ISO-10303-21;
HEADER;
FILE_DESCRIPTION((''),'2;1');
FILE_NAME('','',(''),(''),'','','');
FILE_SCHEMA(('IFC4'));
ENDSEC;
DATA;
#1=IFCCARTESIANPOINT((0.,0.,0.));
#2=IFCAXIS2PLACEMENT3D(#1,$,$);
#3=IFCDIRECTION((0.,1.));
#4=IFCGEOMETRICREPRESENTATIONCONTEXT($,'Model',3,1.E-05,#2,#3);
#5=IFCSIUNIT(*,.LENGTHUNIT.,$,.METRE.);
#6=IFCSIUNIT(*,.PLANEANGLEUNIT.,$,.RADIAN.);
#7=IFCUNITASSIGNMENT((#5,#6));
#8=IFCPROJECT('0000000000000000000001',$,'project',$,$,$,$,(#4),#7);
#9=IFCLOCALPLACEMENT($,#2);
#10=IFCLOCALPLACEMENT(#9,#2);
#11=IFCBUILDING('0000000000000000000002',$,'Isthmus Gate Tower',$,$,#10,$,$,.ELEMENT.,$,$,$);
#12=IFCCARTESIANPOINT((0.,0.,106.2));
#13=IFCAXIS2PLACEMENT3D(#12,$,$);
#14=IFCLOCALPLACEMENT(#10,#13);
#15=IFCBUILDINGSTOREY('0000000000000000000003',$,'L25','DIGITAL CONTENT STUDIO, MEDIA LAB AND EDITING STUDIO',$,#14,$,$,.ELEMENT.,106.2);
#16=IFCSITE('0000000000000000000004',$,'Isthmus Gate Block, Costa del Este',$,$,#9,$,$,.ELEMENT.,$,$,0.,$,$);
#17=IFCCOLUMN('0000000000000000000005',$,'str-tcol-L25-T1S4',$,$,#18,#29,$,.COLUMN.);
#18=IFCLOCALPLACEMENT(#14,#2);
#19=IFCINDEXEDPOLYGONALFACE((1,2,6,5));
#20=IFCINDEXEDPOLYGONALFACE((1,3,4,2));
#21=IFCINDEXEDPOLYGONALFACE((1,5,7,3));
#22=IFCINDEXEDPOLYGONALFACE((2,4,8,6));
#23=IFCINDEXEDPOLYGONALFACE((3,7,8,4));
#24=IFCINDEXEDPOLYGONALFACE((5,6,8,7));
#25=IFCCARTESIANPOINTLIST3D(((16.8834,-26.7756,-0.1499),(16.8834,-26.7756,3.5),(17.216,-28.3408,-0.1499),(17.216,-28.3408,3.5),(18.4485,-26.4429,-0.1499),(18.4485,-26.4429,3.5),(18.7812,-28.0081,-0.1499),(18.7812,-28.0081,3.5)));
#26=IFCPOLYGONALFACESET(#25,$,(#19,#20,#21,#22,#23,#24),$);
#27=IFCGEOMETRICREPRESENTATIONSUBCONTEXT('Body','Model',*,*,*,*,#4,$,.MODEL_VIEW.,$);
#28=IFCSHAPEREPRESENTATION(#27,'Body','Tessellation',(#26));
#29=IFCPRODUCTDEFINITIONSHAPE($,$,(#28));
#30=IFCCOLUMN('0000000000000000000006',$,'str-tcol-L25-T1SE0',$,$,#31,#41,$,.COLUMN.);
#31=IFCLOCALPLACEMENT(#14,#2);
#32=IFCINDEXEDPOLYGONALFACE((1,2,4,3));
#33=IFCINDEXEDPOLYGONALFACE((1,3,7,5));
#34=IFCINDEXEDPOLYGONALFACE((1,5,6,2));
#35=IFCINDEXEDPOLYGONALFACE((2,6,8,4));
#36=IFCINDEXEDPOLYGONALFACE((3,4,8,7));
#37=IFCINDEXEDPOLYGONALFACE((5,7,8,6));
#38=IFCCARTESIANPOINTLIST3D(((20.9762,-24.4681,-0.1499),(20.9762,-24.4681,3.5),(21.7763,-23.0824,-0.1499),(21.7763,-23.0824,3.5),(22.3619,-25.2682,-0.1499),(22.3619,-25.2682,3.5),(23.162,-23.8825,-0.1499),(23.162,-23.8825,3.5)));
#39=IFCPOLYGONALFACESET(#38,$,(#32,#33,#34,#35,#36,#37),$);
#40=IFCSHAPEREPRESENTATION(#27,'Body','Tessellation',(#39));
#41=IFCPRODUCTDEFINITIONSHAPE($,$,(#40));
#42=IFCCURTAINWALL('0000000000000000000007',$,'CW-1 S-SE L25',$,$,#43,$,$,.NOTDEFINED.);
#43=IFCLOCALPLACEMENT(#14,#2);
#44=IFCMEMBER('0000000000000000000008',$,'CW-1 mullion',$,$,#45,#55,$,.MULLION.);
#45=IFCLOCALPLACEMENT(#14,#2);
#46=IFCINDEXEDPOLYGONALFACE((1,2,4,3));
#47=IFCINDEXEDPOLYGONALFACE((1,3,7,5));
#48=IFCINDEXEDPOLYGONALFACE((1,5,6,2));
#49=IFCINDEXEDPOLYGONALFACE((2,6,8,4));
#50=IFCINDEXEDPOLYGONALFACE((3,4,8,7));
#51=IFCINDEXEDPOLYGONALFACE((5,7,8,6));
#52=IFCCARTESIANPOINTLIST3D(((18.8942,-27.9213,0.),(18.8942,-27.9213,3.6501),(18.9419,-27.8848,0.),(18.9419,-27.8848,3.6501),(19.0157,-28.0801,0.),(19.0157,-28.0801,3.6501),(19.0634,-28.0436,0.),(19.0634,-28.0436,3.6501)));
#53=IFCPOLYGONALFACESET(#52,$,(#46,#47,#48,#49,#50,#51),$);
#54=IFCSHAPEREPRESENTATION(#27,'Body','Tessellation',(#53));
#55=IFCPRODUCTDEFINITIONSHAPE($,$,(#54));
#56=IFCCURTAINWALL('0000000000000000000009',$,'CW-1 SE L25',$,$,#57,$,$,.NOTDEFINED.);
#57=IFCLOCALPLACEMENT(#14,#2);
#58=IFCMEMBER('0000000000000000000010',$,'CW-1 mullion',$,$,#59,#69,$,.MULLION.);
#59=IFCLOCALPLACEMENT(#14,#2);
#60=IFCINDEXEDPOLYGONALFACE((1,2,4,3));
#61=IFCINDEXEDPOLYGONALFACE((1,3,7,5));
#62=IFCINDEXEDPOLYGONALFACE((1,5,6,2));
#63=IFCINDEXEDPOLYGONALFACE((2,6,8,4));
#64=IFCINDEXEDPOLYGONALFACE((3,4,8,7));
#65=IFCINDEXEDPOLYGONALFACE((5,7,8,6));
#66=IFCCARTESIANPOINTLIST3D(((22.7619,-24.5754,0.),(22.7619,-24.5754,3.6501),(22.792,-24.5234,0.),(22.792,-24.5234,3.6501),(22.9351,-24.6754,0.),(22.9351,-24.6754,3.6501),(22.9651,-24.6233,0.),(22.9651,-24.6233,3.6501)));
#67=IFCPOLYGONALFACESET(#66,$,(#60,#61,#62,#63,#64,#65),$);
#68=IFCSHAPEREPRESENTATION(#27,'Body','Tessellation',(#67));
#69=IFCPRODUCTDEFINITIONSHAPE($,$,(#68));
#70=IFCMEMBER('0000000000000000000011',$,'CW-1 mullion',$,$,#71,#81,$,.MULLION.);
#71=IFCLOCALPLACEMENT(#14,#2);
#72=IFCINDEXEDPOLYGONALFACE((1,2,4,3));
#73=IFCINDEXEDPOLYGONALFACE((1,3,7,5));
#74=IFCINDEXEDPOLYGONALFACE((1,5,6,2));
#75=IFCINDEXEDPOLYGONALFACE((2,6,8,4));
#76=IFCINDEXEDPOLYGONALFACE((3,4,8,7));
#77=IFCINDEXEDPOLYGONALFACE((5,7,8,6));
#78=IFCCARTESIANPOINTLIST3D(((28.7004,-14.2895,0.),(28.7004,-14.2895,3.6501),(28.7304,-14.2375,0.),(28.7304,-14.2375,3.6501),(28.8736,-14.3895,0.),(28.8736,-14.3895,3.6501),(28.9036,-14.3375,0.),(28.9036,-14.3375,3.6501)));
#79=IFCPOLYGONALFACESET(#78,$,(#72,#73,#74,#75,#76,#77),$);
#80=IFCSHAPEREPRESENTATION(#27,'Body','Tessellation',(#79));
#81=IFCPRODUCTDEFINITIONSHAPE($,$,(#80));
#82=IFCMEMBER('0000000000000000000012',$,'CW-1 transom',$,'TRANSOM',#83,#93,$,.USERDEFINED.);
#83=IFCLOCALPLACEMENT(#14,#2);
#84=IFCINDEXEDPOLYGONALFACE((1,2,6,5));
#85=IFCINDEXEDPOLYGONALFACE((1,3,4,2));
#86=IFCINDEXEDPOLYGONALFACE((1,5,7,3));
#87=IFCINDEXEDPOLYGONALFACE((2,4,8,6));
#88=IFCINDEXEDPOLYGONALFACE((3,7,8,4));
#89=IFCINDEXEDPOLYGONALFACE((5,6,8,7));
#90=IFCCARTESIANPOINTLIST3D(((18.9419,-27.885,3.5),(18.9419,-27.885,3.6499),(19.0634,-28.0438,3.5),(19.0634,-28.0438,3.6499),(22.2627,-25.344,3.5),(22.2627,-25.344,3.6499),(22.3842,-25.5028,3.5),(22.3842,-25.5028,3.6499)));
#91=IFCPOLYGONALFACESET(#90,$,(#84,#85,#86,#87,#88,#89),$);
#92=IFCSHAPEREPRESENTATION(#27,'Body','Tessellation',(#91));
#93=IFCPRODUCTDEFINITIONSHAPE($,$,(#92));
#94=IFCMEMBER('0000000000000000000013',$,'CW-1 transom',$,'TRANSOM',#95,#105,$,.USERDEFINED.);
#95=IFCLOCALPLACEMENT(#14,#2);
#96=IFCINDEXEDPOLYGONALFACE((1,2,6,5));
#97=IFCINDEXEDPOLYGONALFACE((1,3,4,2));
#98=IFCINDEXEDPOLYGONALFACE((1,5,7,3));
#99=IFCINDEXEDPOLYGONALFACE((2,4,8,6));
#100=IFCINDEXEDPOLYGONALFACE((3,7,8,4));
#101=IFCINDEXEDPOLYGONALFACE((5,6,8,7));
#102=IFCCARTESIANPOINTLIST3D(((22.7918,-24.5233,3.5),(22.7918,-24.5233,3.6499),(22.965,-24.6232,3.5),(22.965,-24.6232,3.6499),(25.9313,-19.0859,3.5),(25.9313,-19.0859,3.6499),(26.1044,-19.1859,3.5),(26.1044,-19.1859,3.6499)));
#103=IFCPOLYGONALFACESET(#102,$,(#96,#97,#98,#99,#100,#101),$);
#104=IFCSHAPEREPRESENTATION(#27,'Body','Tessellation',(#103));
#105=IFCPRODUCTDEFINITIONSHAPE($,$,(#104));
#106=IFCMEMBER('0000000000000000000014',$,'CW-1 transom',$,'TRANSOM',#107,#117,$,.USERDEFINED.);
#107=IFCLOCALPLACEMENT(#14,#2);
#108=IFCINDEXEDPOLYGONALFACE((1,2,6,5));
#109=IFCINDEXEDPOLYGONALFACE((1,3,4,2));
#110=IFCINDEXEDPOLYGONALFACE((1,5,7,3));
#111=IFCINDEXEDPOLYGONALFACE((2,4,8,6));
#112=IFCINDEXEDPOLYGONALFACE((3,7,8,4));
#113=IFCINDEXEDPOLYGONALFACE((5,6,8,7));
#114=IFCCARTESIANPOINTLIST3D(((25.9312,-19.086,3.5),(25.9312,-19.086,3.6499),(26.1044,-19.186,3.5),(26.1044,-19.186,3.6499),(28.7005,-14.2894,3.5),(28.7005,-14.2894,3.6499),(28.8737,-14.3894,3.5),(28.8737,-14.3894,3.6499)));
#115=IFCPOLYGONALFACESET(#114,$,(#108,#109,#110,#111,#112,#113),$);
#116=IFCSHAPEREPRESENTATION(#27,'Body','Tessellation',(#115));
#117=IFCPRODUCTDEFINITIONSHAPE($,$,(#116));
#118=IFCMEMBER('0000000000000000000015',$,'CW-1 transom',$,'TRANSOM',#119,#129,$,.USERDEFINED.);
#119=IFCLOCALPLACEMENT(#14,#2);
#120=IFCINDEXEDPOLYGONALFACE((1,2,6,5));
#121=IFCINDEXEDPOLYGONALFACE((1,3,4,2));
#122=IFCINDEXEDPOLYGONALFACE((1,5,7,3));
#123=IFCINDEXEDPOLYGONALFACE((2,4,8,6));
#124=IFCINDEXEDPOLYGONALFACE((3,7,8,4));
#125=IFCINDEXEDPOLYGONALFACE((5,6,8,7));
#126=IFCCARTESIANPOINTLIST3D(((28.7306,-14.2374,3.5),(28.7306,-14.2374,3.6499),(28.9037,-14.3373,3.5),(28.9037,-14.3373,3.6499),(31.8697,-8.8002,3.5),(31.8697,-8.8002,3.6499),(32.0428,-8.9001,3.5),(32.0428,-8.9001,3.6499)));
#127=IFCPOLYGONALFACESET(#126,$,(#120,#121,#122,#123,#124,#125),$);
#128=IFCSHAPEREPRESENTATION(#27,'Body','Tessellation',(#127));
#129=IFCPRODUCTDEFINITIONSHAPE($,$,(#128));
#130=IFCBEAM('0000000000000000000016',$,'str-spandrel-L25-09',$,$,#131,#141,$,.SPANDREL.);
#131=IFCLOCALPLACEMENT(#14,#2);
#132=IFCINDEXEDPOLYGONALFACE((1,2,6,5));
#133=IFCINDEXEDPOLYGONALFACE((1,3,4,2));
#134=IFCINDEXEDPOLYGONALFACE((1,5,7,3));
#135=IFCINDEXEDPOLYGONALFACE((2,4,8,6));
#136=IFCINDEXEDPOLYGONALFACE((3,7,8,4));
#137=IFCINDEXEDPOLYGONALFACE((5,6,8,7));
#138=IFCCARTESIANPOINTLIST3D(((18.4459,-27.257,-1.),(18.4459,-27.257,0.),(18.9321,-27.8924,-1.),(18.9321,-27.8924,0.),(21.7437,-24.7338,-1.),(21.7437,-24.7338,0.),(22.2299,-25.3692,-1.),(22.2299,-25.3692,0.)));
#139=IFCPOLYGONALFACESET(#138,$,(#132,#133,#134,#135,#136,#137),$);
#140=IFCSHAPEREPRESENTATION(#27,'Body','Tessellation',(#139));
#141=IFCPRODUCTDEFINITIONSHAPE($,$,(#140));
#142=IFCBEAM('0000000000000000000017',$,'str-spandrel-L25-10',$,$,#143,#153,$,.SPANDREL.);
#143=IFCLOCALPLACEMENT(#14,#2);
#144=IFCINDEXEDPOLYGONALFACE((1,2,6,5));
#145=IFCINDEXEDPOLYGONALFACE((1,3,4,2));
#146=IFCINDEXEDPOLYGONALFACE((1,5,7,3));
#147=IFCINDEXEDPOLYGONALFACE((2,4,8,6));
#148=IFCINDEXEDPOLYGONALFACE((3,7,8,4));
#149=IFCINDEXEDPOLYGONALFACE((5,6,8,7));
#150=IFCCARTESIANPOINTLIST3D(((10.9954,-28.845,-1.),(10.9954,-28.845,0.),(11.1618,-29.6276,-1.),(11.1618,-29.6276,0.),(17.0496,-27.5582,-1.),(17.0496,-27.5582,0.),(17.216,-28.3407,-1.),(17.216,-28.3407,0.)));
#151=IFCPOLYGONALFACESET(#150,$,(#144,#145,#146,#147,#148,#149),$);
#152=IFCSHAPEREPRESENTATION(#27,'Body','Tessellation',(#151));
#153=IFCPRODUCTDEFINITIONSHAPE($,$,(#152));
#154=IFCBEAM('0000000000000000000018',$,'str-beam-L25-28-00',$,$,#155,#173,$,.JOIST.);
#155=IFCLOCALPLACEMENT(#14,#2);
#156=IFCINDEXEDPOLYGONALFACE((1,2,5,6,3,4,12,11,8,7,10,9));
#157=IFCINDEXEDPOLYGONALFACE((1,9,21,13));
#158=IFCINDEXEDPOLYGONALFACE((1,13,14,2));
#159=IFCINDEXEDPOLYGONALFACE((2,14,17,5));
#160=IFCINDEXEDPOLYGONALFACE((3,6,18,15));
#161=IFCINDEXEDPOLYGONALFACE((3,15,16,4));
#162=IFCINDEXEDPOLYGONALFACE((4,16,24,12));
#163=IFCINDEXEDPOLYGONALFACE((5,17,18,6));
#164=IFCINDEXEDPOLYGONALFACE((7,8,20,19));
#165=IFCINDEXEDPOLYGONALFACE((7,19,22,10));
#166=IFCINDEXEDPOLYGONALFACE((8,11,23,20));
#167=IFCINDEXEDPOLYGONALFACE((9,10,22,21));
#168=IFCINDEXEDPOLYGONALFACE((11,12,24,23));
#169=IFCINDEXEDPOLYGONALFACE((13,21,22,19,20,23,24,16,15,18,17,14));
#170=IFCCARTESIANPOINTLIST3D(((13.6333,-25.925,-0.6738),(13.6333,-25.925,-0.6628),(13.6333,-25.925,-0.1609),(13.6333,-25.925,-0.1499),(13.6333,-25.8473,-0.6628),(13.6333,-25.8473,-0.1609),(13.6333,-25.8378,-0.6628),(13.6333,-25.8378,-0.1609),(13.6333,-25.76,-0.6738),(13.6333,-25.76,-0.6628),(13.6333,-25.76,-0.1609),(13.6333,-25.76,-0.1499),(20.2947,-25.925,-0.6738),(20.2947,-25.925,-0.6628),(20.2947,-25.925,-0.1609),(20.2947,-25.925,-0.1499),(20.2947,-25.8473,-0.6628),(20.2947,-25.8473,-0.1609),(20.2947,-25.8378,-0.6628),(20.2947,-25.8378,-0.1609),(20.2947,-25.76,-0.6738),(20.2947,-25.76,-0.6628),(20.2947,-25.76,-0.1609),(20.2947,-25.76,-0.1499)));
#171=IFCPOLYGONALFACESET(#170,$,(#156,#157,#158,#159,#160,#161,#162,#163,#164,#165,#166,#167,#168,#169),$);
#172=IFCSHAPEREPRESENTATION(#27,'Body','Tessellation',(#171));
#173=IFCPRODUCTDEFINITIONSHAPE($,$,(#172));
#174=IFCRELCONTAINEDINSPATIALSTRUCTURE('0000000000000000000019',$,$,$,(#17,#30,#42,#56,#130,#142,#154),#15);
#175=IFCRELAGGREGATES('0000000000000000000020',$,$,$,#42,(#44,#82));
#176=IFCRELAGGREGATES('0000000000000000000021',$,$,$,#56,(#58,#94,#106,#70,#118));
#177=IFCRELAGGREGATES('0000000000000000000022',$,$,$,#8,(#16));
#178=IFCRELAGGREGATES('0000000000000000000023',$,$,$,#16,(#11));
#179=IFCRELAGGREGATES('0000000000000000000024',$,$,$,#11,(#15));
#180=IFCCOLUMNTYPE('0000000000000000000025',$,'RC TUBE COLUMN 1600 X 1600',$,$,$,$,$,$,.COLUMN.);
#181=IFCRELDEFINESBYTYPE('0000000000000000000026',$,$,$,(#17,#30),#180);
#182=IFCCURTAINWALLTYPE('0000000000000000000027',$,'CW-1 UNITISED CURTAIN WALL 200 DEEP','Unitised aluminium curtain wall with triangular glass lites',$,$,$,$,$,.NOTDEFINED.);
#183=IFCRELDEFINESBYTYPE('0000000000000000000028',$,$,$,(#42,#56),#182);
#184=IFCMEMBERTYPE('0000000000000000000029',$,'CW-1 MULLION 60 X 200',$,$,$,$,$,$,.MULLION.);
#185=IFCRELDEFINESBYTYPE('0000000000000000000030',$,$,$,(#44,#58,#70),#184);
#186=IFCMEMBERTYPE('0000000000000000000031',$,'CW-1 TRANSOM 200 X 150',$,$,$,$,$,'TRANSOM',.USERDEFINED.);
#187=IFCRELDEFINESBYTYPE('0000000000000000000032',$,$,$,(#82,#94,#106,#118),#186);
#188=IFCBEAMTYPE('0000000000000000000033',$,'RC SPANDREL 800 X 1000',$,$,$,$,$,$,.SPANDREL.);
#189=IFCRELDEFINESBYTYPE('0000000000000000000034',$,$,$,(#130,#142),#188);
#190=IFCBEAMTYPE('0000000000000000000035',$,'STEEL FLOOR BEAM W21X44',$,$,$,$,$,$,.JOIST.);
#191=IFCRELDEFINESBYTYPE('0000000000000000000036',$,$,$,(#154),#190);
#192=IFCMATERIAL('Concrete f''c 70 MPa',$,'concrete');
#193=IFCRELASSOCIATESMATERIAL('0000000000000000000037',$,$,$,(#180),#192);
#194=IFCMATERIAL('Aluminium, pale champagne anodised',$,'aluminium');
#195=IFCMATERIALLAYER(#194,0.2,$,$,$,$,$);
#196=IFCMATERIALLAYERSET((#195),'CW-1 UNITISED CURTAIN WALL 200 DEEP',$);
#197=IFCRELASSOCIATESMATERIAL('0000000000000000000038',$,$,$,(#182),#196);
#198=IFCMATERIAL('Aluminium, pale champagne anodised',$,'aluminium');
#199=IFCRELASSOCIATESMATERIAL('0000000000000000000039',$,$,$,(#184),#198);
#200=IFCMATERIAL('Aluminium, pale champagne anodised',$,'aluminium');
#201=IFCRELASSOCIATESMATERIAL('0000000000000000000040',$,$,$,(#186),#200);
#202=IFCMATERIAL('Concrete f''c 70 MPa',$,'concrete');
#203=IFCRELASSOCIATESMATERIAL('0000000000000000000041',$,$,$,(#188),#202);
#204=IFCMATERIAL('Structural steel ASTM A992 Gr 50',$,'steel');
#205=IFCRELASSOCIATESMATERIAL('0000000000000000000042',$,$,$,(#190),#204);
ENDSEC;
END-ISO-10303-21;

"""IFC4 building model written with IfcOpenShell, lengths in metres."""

from ifc_helpers import new_model, si_unit, direction, frame, origin, origin_2d, place, context, subcontext, project, spatial, rectangle, i_section, extrude, material, layer, layer_set, material_profile, profile_set, type_object, element, aggregate, save


model = new_model("IFC4")

# Units and contexts
model_context = context("Model", 3, precision=1e-05, world=origin(), true_north=direction((0.0, 1.0)))
body_context = subcontext(model_context, "Body", "Model", "MODEL_VIEW")
ifc_project = project(units=[si_unit("LENGTHUNIT", "METRE"), si_unit("PLANEANGLEUNIT", "RADIAN")], contexts=[model_context])

# Site, building, storey
site_placement = place(None, origin())
site = spatial("IfcSite", under=ifc_project, at=site_placement, Name="Isthmus Gate Block, Costa del Este", CompositionType="ELEMENT", RefElevation=0.0)
building_placement = place(site_placement, origin())
building = spatial("IfcBuilding", under=site, at=building_placement, Name="Isthmus Gate Tower", CompositionType="ELEMENT")
storey_placement = place(building_placement, frame((0.0, 0.0, 106.2)))
storey = spatial("IfcBuildingStorey", under=building, at=storey_placement, Name="L25", Description="DIGITAL CONTENT STUDIO, MEDIA LAB AND EDITING STUDIO", CompositionType="ELEMENT", Elevation=106.2)

# Columns
ifc_material_1 = material(Name="Concrete f'c 70 MPa", Category="concrete")
ifc_material_profile_1 = material_profile(ifc_material_1, rectangle(XDim=1.6001, YDim=1.6001, at=origin_2d()), Name="RC 1600X1600")
ifc_profile_set_1 = profile_set([ifc_material_profile_1], Name="Concrete f'c 70 MPa")
column_type = type_object("IfcColumnType", Name="RC TUBE COLUMN 1600 X 1600", PredefinedType="COLUMN", material=ifc_profile_set_1)
for number, where, z_axis, x_axis, name in (
    (1, (17.8323, -27.3918, -0.1499), (0.0, 0.0, 1.0), (0.978148, 0.207912, 0.0), "str-tcol-L25-T1S4"),
    (2, (22.0691, -24.1753, -0.1499), (0.0, 0.0, 1.0), (0.5, 0.866025, 0.0), "str-tcol-L25-T1SE0"),
):
    element("IfcColumn", number, at=place(storey_placement, frame(where, z_axis=z_axis, x_axis=x_axis)), inside=storey, type_object=column_type, Name=name, PredefinedType="COLUMN", context=body_context, shape_type="SweptSolid", body=[
        extrude(rectangle(XDim=1.6001, YDim=1.6001, at=origin_2d()), origin(), (0.0, 0.0, 1.0), 3.6499),
    ])

# Curtain wall, member
ifc_material_2 = material(Name="Aluminium, pale champagne anodised", Category="aluminium")
ifc_layer_1 = layer(ifc_material_2, 0.2)
ifc_layer_set_1 = layer_set([ifc_layer_1], Name="CW-1 UNITISED CURTAIN WALL 200 DEEP")
curtain_wall_type = type_object("IfcCurtainWallType", Name="CW-1 UNITISED CURTAIN WALL 200 DEEP", Description="Unitised aluminium curtain wall with triangular glass lites", PredefinedType="NOTDEFINED", material=ifc_layer_set_1)
curtain_wall_1_placement = place(storey_placement, origin())
curtain_wall_1 = element("IfcCurtainWall", 3, at=curtain_wall_1_placement, inside=storey, type_object=curtain_wall_type, Name="CW-1 S-SE L25", PredefinedType="NOTDEFINED")
ifc_material_3 = material(Name="Aluminium, pale champagne anodised", Category="aluminium")
ifc_material_profile_2 = material_profile(ifc_material_3, rectangle(XDim=0.0601, YDim=0.2, at=origin_2d()), Name="60x200")
ifc_profile_set_2 = profile_set([ifc_material_profile_2], Name="Aluminium, pale champagne anodised")
member_type_1 = type_object("IfcMemberType", Name="CW-1 MULLION 60 X 200", PredefinedType="MULLION", material=ifc_profile_set_2)
member_1_placement = place(storey_placement, frame((18.9788, -27.9824, 0.0), z_axis=(0.0, 0.0, 1.0), x_axis=(0.794189, 0.607671, 0.0)))
member_1 = element("IfcMember", 4, at=member_1_placement, type_object=member_type_1, Name="CW-1 mullion", PredefinedType="MULLION", context=body_context, shape_type="SweptSolid", body=[
    extrude(rectangle(XDim=0.0601, YDim=0.2, at=origin_2d()), origin(), (0.0, 0.0, 1.0), 3.6501),
])

# Curtain wall, members
curtain_wall_2_placement = place(storey_placement, origin())
curtain_wall_2 = element("IfcCurtainWall", 5, at=curtain_wall_2_placement, inside=storey, type_object=curtain_wall_type, Name="CW-1 SE L25", PredefinedType="NOTDEFINED")
member_2_placement = place(storey_placement, frame((22.8635, -24.5994, 0.0), z_axis=(0.0, 0.0, 1.0), x_axis=(0.5, 0.866025, 0.0)))
member_2 = element("IfcMember", 6, at=member_2_placement, type_object=member_type_1, Name="CW-1 mullion", PredefinedType="MULLION", context=body_context, shape_type="SweptSolid", body=[
    extrude(rectangle(XDim=0.0601, YDim=0.2, at=origin_2d()), origin(), (0.0, 0.0, 1.0), 3.6501),
])
member_3_placement = place(storey_placement, frame((28.802, -14.3135, 0.0), z_axis=(0.0, 0.0, 1.0), x_axis=(0.5, 0.866025, 0.0)))
member_3 = element("IfcMember", 7, at=member_3_placement, type_object=member_type_1, Name="CW-1 mullion", PredefinedType="MULLION", context=body_context, shape_type="SweptSolid", body=[
    extrude(rectangle(XDim=0.0601, YDim=0.2, at=origin_2d()), origin(), (0.0, 0.0, 1.0), 3.6501),
])

# Members
ifc_material_4 = material(Name="Aluminium, pale champagne anodised", Category="aluminium")
ifc_material_profile_3 = material_profile(ifc_material_4, rectangle(XDim=0.2, YDim=0.1499, at=origin_2d()), Name="200x150")
ifc_profile_set_3 = profile_set([ifc_material_profile_3], Name="Aluminium, pale champagne anodised")
member_type_2 = type_object("IfcMemberType", Name="CW-1 TRANSOM 200 X 150", ElementType="TRANSOM", PredefinedType="USERDEFINED", material=ifc_profile_set_3)
member_4_placement = place(storey_placement, frame((19.0027, -27.9644, 3.575), z_axis=(0.794175, 0.607688, 0.0), x_axis=(-0.607688, 0.794175, 0.0)))
member_4 = element("IfcMember", 8, at=member_4_placement, type_object=member_type_2, Name="CW-1 transom", ObjectType="TRANSOM", PredefinedType="USERDEFINED", context=body_context, shape_type="SweptSolid", body=[
    extrude(rectangle(XDim=0.2, YDim=0.1499, at=origin_2d()), origin(), (0.0, 0.0, 1.0), 4.1814),
])
member_5_placement = place(storey_placement, frame((22.8784, -24.5732, 3.575), z_axis=(0.500024, 0.866011, 0.0), x_axis=(-0.866011, 0.500024, 0.0)))
member_5 = element("IfcMember", 9, at=member_5_placement, type_object=member_type_2, Name="CW-1 transom", ObjectType="TRANSOM", PredefinedType="USERDEFINED", context=body_context, shape_type="SweptSolid", body=[
    extrude(rectangle(XDim=0.2, YDim=0.1499, at=origin_2d()), origin(), (0.0, 0.0, 1.0), 6.2786),
])
member_6_placement = place(storey_placement, frame((26.0178, -19.136, 3.575), z_axis=(0.499993, 0.866029, 0.0), x_axis=(-0.866029, 0.499993, 0.0)))
member_6 = element("IfcMember", 10, at=member_6_placement, type_object=member_type_2, Name="CW-1 transom", ObjectType="TRANSOM", PredefinedType="USERDEFINED", context=body_context, shape_type="SweptSolid", body=[
    extrude(rectangle(XDim=0.2, YDim=0.1499, at=origin_2d()), origin(), (0.0, 0.0, 1.0), 5.5386),
])
member_7_placement = place(storey_placement, frame((28.8171, -14.2874, 3.575), z_axis=(0.499995, 0.866028, 0.0), x_axis=(-0.866028, 0.499995, 0.0)))
member_7 = element("IfcMember", 11, at=member_7_placement, type_object=member_type_2, Name="CW-1 transom", ObjectType="TRANSOM", PredefinedType="USERDEFINED", context=body_context, shape_type="SweptSolid", body=[
    extrude(rectangle(XDim=0.2, YDim=0.1499, at=origin_2d()), origin(), (0.0, 0.0, 1.0), 6.2783),
])

# Beams
ifc_material_5 = material(Name="Concrete f'c 70 MPa", Category="concrete")
ifc_material_profile_4 = material_profile(ifc_material_5, rectangle(XDim=0.8, YDim=1.0, at=origin_2d()), Name="RC 800X1000")
ifc_profile_set_4 = profile_set([ifc_material_profile_4], Name="Concrete f'c 70 MPa")
beam_type_1 = type_object("IfcBeamType", Name="RC SPANDREL 800 X 1000", PredefinedType="SPANDREL", material=ifc_profile_set_4)
beam_1_placement = place(storey_placement, frame((21.9868, -25.0515, -0.5), z_axis=(-0.794206, -0.607649, 0.0), x_axis=(0.607649, -0.794206, 0.0)))
element("IfcBeam", 12, at=beam_1_placement, inside=storey, type_object=beam_type_1, Name="str-spandrel-L25-09", PredefinedType="SPANDREL", context=body_context, shape_type="SweptSolid", body=[
    extrude(rectangle(XDim=0.8, YDim=1.0, at=origin_2d()), origin(), (0.0, 0.0, 1.0), 4.1523),
])
beam_2_placement = place(storey_placement, frame((17.1328, -27.9495, -0.5), z_axis=(-0.978147, -0.207913, 0.0), x_axis=(0.207913, -0.978147, 0.0)))
element("IfcBeam", 13, at=beam_2_placement, inside=storey, type_object=beam_type_1, Name="str-spandrel-L25-10", PredefinedType="SPANDREL", context=body_context, shape_type="SweptSolid", body=[
    extrude(rectangle(XDim=0.8, YDim=1.0, at=origin_2d()), origin(), (0.0, 0.0, 1.0), 6.1895),
])
ifc_material_6 = material(Name="Structural steel ASTM A992 Gr 50", Category="steel")
ifc_material_profile_5 = material_profile(ifc_material_6, i_section(OverallWidth=0.165, OverallDepth=0.5239, WebThickness=0.0095, FlangeThickness=0.011, at=origin_2d()), Name="W21X44")
ifc_profile_set_5 = profile_set([ifc_material_profile_5], Name="Structural steel ASTM A992 Gr 50")
beam_type_2 = type_object("IfcBeamType", Name="STEEL FLOOR BEAM W21X44", PredefinedType="JOIST", material=ifc_profile_set_5)
beam_3_placement = place(storey_placement, frame((13.6333, -25.8425, -0.4119), z_axis=(1.0, 0.0, 0.0), x_axis=(0.0, 1.0, 0.0)))
element("IfcBeam", 14, at=beam_3_placement, inside=storey, type_object=beam_type_2, Name="str-beam-L25-28-00", PredefinedType="JOIST", context=body_context, shape_type="SweptSolid", body=[
    extrude(i_section(OverallWidth=0.165, OverallDepth=0.5239, WebThickness=0.0095, FlangeThickness=0.011, at=origin_2d()), origin(), (0.0, 0.0, 1.0), 6.6614),
])

aggregate(curtain_wall_1, [member_1, member_4])
aggregate(curtain_wall_2, [member_2, member_5, member_6, member_3, member_7])

save(model, "model.ifc")
